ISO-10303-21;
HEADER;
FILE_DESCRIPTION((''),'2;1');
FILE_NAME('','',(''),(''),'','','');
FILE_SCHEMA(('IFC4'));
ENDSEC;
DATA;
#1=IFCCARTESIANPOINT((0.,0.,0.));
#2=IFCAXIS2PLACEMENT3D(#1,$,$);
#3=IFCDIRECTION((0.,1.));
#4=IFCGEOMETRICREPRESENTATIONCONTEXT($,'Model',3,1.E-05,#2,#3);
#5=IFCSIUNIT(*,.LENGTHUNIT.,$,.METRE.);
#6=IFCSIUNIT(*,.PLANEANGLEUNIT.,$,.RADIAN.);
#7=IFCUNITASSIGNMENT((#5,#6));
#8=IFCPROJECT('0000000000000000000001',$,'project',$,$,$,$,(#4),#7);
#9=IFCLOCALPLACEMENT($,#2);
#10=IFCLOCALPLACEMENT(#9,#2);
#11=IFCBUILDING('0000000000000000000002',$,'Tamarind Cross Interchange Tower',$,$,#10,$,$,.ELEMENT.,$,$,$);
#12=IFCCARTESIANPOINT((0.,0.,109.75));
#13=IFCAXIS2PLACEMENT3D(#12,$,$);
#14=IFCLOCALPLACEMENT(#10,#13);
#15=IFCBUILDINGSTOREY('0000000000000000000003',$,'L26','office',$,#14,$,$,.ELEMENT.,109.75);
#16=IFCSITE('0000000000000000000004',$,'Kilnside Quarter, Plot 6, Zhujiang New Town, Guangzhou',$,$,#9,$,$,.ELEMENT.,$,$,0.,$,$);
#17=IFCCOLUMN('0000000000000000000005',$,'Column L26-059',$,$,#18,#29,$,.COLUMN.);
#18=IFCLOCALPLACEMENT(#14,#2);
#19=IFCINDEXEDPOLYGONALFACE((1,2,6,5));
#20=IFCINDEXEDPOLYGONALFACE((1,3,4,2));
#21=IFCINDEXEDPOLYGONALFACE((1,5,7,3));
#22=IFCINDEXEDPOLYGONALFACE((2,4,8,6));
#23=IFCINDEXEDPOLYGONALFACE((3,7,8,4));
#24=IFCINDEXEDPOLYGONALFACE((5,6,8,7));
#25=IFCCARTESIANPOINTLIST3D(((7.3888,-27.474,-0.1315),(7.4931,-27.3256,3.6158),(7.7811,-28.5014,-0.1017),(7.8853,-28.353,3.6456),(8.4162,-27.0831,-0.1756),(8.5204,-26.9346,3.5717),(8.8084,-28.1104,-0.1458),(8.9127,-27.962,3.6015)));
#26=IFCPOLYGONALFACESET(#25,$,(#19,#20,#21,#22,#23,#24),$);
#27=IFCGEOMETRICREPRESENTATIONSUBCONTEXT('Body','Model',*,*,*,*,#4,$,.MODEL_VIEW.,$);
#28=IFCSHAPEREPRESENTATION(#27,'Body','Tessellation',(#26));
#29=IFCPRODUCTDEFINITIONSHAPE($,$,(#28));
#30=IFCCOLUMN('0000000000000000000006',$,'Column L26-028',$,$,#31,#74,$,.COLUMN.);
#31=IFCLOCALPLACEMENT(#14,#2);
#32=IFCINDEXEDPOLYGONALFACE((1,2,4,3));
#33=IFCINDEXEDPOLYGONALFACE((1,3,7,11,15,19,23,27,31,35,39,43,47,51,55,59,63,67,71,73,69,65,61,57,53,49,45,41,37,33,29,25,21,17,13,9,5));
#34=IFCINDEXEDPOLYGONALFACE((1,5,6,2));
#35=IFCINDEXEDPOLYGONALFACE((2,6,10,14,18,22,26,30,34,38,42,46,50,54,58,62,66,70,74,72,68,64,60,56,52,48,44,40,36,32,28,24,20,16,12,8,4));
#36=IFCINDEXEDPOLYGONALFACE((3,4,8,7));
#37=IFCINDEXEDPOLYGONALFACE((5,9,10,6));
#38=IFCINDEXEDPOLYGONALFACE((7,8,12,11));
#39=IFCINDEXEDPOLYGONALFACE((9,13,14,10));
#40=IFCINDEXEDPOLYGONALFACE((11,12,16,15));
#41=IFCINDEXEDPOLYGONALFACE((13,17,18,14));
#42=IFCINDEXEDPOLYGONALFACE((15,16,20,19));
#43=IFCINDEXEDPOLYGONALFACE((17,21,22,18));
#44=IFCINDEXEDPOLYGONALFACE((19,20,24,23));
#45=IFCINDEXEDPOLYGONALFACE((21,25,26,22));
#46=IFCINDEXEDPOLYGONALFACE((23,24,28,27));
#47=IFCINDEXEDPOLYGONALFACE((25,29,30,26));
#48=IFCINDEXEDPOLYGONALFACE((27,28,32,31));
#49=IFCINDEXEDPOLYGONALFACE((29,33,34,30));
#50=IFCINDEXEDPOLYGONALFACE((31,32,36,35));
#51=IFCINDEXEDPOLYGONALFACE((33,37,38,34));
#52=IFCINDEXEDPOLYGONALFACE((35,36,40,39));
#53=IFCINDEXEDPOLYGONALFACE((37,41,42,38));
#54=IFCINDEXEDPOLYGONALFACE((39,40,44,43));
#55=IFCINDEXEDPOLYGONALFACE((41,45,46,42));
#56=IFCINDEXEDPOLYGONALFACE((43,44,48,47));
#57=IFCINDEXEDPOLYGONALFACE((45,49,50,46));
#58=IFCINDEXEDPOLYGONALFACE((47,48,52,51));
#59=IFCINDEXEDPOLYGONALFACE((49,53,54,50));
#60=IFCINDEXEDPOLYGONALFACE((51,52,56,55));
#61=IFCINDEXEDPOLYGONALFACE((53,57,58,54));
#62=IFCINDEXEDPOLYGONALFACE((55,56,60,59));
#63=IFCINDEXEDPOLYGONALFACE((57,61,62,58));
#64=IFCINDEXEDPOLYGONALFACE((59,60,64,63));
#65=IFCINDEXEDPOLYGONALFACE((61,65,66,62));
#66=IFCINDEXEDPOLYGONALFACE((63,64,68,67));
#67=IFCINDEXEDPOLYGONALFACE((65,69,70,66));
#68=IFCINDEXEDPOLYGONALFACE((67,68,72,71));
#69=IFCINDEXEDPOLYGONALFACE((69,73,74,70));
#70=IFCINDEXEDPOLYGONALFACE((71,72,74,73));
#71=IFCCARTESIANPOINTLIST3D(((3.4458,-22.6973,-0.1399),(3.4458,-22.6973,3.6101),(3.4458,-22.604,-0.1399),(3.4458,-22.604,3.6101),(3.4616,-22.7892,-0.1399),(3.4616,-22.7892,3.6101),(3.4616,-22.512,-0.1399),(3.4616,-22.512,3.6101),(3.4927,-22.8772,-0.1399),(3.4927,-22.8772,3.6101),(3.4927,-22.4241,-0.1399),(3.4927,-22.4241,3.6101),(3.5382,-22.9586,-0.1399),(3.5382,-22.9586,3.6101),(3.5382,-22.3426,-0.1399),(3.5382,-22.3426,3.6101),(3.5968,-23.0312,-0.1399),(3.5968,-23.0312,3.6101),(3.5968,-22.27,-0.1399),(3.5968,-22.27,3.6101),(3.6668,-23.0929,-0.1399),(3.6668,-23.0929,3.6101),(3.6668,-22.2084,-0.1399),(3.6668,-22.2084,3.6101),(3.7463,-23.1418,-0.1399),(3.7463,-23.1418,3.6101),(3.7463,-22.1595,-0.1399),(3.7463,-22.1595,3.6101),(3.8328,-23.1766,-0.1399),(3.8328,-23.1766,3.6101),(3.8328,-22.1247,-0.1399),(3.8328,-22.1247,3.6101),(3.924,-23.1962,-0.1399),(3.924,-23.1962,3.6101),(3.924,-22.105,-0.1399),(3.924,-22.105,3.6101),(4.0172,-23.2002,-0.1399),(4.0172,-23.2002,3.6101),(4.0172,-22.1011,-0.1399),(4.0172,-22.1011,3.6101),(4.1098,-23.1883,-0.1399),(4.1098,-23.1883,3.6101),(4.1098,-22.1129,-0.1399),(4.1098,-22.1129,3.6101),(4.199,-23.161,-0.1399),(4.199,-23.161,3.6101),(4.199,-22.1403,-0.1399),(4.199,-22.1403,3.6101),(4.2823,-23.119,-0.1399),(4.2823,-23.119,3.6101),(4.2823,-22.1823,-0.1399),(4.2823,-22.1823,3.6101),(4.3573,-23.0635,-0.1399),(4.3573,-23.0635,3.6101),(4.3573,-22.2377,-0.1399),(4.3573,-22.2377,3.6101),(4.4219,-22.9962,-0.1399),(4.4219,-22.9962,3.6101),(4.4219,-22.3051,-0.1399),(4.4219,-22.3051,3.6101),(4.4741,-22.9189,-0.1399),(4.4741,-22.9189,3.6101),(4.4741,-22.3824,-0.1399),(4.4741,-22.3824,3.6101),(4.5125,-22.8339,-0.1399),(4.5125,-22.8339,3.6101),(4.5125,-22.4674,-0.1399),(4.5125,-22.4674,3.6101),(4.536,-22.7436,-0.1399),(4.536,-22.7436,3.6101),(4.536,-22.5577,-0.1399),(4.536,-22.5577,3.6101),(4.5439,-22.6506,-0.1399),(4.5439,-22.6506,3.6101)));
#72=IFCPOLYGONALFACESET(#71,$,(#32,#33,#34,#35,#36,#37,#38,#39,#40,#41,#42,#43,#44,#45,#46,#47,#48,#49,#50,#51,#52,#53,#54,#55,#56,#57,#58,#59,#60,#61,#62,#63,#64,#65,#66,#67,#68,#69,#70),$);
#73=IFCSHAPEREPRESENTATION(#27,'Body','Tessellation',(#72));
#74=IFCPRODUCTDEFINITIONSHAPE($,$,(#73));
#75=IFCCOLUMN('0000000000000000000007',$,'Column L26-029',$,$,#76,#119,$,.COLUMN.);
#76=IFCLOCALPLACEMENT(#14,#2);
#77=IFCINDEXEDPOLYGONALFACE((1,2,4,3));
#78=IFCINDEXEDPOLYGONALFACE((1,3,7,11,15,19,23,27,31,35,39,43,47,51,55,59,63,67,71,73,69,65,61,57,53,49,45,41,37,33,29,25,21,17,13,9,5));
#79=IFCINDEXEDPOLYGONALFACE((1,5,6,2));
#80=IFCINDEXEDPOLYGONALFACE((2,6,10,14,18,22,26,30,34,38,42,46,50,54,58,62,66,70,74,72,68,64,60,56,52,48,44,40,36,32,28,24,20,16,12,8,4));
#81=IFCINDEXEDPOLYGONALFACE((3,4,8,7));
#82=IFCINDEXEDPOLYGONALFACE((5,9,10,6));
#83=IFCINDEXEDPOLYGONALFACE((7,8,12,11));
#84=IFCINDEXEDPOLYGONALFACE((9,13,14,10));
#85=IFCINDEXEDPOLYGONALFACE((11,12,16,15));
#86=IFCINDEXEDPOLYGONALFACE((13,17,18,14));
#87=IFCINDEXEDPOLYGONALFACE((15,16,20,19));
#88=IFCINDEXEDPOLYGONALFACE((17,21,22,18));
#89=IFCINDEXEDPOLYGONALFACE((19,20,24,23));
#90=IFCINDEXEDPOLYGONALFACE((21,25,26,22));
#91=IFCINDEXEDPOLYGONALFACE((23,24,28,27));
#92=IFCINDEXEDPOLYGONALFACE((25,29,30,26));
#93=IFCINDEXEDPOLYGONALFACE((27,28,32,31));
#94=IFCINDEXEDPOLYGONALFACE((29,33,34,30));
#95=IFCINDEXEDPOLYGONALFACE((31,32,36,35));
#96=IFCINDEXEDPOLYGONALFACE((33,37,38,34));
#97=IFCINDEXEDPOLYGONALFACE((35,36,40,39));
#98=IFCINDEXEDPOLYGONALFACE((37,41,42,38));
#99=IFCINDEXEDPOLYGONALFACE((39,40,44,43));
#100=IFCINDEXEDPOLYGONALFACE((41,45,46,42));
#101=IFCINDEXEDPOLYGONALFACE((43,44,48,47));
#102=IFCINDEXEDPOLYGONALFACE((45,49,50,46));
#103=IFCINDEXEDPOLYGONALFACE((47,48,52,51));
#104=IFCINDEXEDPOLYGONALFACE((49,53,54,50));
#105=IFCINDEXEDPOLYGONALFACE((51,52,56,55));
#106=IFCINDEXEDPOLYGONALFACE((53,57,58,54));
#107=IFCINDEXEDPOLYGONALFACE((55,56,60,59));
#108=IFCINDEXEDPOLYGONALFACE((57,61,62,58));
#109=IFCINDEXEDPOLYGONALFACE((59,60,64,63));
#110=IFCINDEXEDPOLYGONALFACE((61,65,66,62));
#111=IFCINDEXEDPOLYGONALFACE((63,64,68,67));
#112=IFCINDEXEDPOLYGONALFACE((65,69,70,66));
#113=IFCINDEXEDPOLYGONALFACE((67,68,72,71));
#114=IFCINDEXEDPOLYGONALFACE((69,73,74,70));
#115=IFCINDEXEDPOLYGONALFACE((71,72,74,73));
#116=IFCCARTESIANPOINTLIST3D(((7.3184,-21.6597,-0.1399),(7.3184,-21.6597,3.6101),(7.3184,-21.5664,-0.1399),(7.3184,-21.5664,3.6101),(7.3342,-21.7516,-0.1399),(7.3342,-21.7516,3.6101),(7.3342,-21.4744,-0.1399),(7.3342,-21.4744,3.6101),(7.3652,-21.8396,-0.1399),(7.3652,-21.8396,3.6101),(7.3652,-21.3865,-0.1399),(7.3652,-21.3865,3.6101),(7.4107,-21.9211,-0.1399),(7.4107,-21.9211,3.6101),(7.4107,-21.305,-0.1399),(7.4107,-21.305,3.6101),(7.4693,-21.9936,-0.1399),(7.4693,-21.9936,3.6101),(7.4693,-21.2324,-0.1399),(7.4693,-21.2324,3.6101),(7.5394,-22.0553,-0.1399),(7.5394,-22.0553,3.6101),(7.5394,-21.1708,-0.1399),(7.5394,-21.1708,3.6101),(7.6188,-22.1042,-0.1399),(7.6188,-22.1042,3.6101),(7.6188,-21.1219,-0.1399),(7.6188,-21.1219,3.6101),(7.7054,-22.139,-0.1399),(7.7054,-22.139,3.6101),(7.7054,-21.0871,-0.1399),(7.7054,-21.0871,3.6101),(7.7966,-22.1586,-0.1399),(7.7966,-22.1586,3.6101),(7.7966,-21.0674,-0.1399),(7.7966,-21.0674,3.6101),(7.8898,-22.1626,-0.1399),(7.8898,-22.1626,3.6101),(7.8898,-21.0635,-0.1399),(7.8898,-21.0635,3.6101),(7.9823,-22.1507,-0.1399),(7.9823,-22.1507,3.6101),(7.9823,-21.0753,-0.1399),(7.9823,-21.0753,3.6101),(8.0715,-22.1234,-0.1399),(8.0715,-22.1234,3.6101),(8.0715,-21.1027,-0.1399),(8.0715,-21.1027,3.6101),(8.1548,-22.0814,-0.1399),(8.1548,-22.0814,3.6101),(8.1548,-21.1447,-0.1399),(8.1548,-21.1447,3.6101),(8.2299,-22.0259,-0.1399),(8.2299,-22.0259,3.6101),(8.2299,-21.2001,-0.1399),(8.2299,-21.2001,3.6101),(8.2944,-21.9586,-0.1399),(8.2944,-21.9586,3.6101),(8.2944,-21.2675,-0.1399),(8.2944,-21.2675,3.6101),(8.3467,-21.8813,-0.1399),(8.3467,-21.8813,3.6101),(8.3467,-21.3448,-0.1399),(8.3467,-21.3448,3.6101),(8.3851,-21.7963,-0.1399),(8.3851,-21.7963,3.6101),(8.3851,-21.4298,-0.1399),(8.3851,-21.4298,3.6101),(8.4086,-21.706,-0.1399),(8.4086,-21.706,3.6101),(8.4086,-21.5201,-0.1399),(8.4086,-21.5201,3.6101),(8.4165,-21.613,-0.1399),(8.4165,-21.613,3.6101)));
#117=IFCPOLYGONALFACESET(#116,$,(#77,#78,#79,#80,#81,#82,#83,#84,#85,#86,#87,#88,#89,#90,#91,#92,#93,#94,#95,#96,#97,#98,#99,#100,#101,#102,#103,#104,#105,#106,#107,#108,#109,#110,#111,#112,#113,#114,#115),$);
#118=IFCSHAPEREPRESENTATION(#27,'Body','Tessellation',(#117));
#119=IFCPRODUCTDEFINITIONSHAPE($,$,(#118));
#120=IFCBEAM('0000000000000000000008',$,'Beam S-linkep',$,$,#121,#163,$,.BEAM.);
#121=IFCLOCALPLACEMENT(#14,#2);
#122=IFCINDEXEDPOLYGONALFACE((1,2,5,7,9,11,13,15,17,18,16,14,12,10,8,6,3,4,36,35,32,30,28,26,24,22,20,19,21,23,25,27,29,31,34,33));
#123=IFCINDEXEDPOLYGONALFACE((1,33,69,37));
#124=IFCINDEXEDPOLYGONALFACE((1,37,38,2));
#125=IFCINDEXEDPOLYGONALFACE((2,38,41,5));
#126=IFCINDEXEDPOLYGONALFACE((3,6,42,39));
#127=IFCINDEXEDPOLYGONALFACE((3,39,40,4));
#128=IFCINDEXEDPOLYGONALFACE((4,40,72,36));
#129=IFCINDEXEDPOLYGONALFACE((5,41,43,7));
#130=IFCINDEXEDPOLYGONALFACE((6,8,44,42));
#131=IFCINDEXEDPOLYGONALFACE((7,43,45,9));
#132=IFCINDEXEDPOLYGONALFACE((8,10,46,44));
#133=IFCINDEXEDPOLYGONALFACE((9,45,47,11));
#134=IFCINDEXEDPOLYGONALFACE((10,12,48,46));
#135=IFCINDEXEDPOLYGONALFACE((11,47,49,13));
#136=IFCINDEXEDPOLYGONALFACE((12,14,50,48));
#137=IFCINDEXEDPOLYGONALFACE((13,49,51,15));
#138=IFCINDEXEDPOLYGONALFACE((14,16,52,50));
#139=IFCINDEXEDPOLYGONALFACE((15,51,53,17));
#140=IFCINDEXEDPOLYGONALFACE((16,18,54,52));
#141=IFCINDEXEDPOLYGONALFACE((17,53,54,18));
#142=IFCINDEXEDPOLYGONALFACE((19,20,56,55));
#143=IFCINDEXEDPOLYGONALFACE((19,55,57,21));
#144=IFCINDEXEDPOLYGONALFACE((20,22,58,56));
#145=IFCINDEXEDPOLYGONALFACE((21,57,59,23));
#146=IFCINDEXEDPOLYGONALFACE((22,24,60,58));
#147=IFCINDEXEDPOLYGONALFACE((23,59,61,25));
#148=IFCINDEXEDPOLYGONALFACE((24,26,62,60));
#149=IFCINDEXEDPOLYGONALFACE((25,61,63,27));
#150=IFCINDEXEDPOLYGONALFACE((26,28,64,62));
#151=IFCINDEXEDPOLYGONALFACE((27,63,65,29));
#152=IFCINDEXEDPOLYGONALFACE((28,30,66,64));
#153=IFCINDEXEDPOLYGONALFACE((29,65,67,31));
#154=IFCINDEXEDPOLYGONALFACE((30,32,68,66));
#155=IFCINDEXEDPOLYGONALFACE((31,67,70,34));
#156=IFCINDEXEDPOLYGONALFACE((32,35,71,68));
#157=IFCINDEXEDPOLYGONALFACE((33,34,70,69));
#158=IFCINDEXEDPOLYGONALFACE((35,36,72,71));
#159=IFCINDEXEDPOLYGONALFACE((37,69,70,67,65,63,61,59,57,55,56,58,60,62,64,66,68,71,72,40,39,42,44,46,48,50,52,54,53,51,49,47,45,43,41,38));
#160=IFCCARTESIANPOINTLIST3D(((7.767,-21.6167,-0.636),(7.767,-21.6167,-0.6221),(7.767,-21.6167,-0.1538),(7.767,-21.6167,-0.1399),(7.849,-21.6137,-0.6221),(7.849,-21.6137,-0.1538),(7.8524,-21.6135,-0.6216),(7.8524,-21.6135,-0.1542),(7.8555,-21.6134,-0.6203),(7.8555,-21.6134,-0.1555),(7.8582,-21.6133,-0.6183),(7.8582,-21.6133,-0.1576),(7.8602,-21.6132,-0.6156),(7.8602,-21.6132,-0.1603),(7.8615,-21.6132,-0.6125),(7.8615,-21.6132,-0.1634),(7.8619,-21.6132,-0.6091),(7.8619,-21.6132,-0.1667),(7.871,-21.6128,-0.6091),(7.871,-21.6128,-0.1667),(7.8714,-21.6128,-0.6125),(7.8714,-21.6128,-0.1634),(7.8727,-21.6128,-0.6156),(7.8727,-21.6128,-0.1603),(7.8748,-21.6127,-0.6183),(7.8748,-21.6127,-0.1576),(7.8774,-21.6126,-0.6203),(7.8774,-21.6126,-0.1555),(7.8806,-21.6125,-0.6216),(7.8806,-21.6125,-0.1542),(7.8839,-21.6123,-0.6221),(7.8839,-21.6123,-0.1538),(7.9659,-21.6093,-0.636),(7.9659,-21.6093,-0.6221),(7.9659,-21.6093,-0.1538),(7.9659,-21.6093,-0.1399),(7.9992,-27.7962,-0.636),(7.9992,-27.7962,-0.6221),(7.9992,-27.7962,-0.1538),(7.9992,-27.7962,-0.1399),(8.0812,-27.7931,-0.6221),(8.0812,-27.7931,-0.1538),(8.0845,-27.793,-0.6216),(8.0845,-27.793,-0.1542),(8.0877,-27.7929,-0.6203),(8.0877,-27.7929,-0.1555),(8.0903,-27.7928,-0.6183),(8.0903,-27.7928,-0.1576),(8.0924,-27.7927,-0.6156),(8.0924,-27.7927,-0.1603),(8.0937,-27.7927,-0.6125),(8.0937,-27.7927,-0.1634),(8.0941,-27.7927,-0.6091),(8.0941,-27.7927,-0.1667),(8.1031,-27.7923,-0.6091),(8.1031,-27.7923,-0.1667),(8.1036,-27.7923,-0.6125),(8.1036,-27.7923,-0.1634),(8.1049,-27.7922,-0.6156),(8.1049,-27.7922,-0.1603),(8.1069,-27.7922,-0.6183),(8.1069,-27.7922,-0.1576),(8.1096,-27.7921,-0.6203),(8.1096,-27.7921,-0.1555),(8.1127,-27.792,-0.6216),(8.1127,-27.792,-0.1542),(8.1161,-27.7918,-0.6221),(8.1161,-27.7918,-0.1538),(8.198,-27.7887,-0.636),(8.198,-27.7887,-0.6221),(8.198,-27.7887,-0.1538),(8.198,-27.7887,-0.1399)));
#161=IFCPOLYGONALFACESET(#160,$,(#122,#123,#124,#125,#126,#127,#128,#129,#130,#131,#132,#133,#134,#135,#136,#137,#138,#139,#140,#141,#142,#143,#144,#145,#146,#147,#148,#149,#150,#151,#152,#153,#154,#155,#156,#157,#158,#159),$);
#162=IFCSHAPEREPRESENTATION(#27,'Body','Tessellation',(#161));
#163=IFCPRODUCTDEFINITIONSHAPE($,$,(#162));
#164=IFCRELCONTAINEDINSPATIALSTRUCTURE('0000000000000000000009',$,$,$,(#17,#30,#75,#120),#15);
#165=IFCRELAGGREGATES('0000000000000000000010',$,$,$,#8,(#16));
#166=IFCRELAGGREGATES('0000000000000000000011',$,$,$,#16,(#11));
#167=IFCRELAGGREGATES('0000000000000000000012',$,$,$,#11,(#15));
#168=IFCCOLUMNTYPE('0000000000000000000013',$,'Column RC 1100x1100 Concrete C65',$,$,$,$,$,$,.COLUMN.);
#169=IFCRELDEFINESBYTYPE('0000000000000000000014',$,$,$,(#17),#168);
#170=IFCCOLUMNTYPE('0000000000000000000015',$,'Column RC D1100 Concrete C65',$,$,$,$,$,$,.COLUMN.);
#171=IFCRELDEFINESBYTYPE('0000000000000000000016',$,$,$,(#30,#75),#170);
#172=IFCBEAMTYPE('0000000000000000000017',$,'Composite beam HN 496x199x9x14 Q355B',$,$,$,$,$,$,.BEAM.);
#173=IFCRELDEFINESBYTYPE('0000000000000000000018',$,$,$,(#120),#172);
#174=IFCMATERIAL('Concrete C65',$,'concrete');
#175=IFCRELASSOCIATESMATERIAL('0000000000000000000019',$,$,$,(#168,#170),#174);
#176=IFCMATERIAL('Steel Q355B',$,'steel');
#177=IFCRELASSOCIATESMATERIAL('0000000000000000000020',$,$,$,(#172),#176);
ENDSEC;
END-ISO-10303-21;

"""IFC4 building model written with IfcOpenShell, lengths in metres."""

from ifc_helpers import new_model, si_unit, direction, frame, origin, origin_2d, place, context, subcontext, project, spatial, rectangle, circle, i_section, extrude, material, material_profile, profile_set, type_object, element, save


model = new_model("IFC4")

# Units and contexts
model_context = context("Model", 3, precision=1e-05, world=origin(), true_north=direction((0.0, 1.0)))
body_context = subcontext(model_context, "Body", "Model", "MODEL_VIEW")
ifc_project = project(units=[si_unit("LENGTHUNIT", "METRE"), si_unit("PLANEANGLEUNIT", "RADIAN")], contexts=[model_context])

# Site, building, storey
site_placement = place(None, origin())
site = spatial("IfcSite", under=ifc_project, at=site_placement, Name="Kilnside Quarter, Plot 6, Zhujiang New Town, Guangzhou", CompositionType="ELEMENT", RefElevation=0.0)
building_placement = place(site_placement, origin())
building = spatial("IfcBuilding", under=site, at=building_placement, Name="Tamarind Cross Interchange Tower", CompositionType="ELEMENT")
storey_placement = place(building_placement, frame((0.0, 0.0, 109.75)))
storey = spatial("IfcBuildingStorey", under=building, at=storey_placement, Name="L26", Description="office", CompositionType="ELEMENT", Elevation=109.75)

# Columns
ifc_material_1 = material(Name="Concrete C65", Category="concrete")
ifc_material_profile_1 = material_profile(ifc_material_1, rectangle(XDim=1.1001, YDim=1.1001, at=origin_2d()), Name="RC 1100x1100")
ifc_profile_set_1 = profile_set([ifc_material_profile_1], Name="Concrete C65")
column_type_1 = type_object("IfcColumnType", Name="Column RC 1100x1100 Concrete C65", PredefinedType="COLUMN", material=ifc_profile_set_1)
column_placement = place(storey_placement, frame((8.0986, -27.7922, -0.1387), z_axis=(0.027787, 0.039565, 0.998831), x_axis=(-0.933855, -0.355401, 0.040057)))
element("IfcColumn", 1, at=column_placement, inside=storey, type_object=column_type_1, Name="Column L26-059", PredefinedType="COLUMN", context=body_context, shape_type="SweptSolid", body=[
    extrude(rectangle(XDim=1.1001, YDim=1.1001, at=origin_2d()), origin(), (0.0, 0.0, 1.0), 3.7517),
])
ifc_material_profile_2 = material_profile(ifc_material_1, circle(Radius=0.55, at=origin_2d()), Name="RC D1100")
ifc_profile_set_2 = profile_set([ifc_material_profile_2], Name="Concrete C65")
column_type_2 = type_object("IfcColumnType", Name="Column RC D1100 Concrete C65", PredefinedType="COLUMN", material=ifc_profile_set_2)
for number, where, z_axis, x_axis, name in (
    (2, (3.9939, -22.6506, -0.1399), (0.0, 0.0, 1.0), (1.0, 0.0, 0.0), "Column L26-028"),
    (3, (7.8665, -21.613, -0.1399), (0.0, 0.0, 1.0), (1.0, 0.0, 0.0), "Column L26-029"),
):
    element("IfcColumn", number, at=place(storey_placement, frame(where, z_axis=z_axis, x_axis=x_axis)), inside=storey, type_object=column_type_2, Name=name, PredefinedType="COLUMN", context=body_context, shape_type="SweptSolid", body=[
        extrude(circle(Radius=0.55, at=origin_2d()), origin(), (0.0, 0.0, 1.0), 3.75),
    ])

# Beam
ifc_material_2 = material(Name="Steel Q355B", Category="steel")
ifc_material_profile_3 = material_profile(ifc_material_2, i_section(OverallWidth=0.199, OverallDepth=0.4961, WebThickness=0.009, FlangeThickness=0.0139, FilletRadius=0.0129, at=origin_2d()), Name="HN 496x199x9x14")
ifc_profile_set_3 = profile_set([ifc_material_profile_3], Name="Steel Q355B")
beam_type_1 = type_object("IfcBeamType", Name="Composite beam HN 496x199x9x14 Q355B", PredefinedType="BEAM", material=ifc_profile_set_3)
beam_1_placement = place(storey_placement, frame((8.0986, -27.7925, -0.3879), z_axis=(-0.037546, 0.999295, 0.0), x_axis=(-0.999295, -0.037546, 0.0)))
element("IfcBeam", 4, at=beam_1_placement, inside=storey, type_object=beam_type_1, Name="Beam S-linkep", PredefinedType="BEAM", context=body_context, shape_type="SweptSolid", body=[
    extrude(i_section(OverallWidth=0.199, OverallDepth=0.4961, WebThickness=0.009, FlangeThickness=0.0139, FilletRadius=0.0129, at=origin_2d()), origin(), (0.0, 0.0, 1.0), 6.1838),
])

save(model, "model.ifc")
